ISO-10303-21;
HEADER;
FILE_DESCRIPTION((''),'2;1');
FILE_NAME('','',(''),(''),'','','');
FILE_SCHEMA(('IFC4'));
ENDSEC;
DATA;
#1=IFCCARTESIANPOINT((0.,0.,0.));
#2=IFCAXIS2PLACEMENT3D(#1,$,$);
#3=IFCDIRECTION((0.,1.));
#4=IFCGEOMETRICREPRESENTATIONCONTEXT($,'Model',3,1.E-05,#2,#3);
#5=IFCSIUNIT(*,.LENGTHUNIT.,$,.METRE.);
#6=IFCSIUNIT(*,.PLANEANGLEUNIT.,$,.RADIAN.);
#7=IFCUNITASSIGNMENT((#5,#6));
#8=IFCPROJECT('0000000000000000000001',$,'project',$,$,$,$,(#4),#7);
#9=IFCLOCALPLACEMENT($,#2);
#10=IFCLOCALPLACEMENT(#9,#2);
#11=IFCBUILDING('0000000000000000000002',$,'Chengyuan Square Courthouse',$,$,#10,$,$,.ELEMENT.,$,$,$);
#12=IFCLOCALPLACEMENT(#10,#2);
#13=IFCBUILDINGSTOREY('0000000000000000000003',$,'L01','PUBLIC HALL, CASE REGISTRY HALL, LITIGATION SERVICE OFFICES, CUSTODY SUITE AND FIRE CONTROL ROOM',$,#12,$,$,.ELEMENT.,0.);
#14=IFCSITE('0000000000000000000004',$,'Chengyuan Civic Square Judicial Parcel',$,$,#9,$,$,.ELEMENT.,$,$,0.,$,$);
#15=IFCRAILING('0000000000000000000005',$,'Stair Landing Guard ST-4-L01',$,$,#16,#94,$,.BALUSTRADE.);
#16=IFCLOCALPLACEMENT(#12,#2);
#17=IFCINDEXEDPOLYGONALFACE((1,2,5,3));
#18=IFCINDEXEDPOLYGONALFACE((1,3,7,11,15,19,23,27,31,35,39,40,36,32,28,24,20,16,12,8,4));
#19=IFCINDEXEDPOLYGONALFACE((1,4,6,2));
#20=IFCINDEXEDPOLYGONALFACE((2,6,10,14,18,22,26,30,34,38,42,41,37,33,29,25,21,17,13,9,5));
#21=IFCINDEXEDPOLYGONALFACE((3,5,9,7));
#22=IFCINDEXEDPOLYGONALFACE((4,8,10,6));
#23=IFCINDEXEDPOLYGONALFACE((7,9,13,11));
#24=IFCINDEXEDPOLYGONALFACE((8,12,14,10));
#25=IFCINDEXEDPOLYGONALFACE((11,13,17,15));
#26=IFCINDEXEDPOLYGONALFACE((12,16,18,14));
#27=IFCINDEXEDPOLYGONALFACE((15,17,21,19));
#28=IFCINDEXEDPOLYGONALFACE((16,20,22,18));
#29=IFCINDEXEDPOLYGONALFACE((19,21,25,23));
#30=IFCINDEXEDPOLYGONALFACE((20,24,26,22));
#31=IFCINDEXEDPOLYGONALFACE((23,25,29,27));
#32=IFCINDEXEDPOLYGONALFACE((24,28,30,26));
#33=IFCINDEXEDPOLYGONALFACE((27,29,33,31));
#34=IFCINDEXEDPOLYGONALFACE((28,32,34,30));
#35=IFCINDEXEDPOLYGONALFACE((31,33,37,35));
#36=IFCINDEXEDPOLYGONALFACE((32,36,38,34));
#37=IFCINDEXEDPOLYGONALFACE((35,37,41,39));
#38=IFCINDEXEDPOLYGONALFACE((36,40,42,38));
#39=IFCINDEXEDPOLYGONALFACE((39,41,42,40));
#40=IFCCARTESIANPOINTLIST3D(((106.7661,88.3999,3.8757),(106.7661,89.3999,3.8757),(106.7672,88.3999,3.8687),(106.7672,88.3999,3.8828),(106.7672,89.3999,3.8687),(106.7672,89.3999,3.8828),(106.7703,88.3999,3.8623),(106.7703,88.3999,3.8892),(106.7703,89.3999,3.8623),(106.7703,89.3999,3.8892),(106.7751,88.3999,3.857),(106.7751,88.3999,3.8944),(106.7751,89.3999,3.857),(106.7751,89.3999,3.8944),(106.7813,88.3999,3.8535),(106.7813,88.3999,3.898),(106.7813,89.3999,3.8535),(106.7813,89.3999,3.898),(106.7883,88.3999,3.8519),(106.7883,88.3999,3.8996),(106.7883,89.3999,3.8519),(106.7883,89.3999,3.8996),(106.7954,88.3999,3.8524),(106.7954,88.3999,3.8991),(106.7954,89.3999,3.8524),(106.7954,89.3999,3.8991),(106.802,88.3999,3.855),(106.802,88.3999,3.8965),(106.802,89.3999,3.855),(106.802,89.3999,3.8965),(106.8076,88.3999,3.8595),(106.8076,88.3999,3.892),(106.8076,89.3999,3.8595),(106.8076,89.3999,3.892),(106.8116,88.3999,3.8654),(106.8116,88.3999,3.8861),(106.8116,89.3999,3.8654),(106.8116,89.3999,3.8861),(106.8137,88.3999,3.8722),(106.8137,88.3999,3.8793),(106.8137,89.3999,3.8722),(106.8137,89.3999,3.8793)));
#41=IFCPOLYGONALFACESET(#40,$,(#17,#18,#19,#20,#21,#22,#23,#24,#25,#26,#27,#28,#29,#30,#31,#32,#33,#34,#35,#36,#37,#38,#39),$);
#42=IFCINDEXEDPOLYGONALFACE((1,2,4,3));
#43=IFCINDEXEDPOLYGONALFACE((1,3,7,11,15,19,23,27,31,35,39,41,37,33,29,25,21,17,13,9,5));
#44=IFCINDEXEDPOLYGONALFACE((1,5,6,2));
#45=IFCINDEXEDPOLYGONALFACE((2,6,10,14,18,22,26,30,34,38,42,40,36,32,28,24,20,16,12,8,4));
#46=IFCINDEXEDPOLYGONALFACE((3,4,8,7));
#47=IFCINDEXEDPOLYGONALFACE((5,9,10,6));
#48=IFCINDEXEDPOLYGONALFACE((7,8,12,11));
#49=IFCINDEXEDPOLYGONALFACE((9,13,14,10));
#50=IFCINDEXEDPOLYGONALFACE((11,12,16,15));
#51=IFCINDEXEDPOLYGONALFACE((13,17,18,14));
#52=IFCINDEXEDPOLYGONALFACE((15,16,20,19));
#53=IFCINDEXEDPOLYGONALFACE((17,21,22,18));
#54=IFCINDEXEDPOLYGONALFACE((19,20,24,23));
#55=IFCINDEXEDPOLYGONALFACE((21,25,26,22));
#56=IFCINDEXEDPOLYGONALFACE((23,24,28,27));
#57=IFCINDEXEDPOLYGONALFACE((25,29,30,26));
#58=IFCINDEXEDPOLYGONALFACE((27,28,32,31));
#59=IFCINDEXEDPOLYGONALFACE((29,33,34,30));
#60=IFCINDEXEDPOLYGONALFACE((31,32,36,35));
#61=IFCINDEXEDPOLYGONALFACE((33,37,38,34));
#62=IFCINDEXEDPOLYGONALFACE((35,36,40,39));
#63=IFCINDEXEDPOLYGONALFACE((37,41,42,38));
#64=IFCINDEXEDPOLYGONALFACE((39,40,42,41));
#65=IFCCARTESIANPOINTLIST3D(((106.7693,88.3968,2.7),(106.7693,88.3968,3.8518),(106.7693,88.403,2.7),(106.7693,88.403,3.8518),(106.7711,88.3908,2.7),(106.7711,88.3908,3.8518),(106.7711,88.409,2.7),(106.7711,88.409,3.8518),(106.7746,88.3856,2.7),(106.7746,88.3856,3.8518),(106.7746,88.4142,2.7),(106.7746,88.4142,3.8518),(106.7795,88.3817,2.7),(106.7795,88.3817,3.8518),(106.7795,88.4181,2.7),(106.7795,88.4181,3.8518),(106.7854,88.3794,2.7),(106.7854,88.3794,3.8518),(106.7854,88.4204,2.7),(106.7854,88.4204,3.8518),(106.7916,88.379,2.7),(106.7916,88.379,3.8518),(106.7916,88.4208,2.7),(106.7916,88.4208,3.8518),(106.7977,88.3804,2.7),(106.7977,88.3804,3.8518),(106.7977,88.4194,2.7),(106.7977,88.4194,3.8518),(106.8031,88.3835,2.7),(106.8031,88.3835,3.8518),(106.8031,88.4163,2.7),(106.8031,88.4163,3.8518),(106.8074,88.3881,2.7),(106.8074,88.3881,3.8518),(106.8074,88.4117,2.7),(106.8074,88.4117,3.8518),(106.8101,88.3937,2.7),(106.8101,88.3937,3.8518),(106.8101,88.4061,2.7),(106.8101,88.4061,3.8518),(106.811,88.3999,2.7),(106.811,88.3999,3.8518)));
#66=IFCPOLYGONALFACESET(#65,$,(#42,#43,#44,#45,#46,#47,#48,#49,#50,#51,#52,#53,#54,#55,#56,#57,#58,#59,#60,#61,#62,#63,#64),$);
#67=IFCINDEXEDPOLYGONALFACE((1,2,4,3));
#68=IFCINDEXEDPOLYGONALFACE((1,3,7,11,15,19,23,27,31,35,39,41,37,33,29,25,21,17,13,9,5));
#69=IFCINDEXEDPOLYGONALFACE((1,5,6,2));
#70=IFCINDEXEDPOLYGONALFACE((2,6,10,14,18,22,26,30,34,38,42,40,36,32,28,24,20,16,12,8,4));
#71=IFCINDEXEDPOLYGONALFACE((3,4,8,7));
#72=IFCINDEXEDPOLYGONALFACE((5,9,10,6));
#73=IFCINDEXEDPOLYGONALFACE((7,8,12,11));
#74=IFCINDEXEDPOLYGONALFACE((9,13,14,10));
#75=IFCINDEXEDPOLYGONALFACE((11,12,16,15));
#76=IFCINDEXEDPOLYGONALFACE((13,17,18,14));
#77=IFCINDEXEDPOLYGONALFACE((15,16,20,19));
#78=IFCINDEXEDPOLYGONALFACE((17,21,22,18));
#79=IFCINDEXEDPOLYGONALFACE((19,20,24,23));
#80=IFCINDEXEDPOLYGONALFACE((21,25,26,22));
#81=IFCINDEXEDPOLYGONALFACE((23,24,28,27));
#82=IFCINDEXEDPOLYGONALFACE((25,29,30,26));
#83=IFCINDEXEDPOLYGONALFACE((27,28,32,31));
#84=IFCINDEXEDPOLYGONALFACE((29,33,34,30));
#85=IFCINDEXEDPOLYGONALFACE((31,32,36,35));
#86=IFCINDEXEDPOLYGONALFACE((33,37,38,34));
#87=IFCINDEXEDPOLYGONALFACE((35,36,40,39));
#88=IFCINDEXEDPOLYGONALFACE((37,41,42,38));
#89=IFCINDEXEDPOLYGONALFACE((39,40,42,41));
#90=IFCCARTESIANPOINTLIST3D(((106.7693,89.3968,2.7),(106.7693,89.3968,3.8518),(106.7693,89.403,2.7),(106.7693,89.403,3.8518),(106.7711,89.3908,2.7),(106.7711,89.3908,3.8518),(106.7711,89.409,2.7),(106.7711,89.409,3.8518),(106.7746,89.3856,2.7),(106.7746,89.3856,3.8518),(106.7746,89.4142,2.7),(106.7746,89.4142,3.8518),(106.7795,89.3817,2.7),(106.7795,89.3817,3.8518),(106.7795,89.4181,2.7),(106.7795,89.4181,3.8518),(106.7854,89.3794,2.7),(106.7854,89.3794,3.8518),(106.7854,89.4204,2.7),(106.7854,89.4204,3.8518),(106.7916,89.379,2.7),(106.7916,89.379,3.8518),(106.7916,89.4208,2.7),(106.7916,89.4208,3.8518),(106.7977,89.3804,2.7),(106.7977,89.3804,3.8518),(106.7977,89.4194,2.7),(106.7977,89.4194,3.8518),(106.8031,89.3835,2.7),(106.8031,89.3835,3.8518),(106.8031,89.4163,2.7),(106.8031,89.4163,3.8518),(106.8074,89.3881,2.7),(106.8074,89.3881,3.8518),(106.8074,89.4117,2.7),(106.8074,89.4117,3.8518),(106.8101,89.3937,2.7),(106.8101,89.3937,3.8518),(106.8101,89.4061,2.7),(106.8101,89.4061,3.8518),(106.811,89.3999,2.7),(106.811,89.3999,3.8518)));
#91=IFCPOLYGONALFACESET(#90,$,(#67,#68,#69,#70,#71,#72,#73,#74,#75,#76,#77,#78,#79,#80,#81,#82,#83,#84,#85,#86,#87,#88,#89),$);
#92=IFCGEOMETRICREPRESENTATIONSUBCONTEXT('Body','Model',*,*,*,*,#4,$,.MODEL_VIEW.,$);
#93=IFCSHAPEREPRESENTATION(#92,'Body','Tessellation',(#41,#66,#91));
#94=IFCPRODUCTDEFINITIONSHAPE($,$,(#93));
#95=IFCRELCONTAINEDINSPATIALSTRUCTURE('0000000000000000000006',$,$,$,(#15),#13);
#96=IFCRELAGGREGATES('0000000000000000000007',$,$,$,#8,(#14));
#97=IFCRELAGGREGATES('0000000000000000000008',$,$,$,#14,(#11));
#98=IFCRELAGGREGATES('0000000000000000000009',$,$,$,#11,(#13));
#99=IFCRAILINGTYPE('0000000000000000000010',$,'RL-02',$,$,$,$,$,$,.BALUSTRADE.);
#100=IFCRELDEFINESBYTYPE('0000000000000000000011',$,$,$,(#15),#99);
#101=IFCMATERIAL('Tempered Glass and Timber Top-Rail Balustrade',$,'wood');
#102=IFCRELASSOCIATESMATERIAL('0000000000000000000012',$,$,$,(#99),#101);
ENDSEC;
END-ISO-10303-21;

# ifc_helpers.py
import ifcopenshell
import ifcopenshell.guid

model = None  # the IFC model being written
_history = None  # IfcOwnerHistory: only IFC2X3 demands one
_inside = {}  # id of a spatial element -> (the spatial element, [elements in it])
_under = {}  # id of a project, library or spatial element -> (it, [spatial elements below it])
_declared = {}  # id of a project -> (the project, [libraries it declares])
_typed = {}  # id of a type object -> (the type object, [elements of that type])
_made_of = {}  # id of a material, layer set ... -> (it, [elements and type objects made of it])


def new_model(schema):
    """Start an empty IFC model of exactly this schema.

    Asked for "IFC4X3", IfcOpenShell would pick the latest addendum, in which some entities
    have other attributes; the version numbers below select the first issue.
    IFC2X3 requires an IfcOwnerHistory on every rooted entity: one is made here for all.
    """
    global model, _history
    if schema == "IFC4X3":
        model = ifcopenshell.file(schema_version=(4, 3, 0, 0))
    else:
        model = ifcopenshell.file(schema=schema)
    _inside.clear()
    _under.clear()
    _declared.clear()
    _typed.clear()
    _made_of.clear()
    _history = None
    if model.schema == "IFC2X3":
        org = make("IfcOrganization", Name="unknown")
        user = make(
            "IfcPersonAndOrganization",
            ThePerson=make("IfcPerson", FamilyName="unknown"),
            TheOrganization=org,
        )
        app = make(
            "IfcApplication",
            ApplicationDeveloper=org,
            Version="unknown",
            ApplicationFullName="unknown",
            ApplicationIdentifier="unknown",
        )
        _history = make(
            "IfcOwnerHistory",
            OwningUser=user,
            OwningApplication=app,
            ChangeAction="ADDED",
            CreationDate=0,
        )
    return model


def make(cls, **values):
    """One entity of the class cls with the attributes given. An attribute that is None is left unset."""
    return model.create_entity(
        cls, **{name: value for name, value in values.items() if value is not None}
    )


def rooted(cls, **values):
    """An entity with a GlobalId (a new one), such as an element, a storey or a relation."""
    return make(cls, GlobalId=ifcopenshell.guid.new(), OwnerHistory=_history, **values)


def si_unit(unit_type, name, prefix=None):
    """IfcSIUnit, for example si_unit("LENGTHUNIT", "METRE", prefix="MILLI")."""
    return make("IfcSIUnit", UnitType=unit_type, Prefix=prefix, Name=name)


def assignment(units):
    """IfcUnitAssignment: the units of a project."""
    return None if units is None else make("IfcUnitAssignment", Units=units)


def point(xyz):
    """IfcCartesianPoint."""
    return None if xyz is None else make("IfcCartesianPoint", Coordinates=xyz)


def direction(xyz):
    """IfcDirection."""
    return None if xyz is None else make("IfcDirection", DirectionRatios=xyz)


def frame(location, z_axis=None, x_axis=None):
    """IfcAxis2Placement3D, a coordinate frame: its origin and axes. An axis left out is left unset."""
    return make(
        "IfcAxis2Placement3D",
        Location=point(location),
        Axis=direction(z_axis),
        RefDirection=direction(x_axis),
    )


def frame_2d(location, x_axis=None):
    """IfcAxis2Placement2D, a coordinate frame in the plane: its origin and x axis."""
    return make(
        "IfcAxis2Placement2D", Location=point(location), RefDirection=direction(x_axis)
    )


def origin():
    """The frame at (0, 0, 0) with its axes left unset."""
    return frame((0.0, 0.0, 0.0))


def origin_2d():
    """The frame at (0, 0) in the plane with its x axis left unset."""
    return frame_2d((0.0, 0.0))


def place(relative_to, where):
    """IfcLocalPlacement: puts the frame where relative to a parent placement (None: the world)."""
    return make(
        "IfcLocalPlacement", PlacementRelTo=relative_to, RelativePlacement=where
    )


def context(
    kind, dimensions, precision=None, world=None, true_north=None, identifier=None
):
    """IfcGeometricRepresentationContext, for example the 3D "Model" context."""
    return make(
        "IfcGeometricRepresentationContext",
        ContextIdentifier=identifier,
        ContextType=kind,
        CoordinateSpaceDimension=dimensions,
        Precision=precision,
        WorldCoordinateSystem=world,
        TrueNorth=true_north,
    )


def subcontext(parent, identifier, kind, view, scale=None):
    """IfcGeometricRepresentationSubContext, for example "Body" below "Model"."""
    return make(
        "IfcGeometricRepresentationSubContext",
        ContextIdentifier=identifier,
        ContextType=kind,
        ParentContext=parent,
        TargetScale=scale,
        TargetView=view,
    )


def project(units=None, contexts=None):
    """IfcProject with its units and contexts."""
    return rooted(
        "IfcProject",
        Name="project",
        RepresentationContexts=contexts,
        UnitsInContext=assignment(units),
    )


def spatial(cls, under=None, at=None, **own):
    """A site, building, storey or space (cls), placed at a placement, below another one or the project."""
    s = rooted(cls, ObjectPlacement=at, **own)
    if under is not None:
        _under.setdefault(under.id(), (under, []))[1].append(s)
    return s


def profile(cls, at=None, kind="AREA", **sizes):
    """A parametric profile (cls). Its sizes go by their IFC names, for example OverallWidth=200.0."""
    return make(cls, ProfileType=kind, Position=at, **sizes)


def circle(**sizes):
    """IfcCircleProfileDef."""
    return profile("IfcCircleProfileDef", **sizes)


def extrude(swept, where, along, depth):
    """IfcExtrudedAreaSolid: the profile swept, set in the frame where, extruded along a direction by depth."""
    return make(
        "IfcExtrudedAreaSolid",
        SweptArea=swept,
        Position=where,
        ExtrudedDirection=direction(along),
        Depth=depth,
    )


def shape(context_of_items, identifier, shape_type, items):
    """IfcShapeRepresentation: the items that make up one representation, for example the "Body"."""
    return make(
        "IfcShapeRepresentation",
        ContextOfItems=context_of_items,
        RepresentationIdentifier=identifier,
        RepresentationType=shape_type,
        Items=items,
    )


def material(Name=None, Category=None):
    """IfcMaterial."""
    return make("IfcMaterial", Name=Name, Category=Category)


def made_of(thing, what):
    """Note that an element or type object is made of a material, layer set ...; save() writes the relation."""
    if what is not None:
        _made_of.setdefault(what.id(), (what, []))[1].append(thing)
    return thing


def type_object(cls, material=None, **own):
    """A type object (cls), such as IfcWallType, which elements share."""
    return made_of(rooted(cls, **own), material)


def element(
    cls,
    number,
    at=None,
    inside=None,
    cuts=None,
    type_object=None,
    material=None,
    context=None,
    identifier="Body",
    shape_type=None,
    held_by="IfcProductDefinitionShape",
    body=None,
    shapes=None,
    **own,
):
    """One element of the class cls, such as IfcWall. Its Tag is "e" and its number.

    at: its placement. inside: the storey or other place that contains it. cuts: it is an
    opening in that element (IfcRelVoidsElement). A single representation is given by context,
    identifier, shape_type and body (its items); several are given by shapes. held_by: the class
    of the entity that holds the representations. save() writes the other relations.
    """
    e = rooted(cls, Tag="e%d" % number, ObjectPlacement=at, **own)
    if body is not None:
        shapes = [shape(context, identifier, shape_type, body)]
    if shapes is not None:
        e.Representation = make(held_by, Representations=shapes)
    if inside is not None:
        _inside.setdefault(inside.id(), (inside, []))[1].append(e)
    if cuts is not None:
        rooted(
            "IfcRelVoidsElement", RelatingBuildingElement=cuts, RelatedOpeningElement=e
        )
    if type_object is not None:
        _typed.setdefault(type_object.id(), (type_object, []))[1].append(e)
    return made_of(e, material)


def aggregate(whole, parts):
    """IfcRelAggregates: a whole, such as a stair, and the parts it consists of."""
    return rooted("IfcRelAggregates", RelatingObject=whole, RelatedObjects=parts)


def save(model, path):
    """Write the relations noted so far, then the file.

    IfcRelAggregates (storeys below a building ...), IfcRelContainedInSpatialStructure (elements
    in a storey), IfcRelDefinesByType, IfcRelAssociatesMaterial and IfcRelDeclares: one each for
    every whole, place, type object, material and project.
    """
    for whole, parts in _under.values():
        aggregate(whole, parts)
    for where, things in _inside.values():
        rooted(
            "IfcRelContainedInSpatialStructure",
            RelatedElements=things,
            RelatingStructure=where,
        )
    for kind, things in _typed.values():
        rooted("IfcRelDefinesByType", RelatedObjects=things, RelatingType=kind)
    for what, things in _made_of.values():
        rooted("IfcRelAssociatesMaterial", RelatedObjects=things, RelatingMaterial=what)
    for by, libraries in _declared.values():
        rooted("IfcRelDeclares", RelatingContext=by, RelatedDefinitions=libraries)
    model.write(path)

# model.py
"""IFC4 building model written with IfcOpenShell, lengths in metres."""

from ifc_helpers import new_model, si_unit, direction, frame, origin, origin_2d, place, context, subcontext, project, spatial, circle, extrude, material, type_object, element, save


model = new_model("IFC4")

# Units and contexts
model_context = context("Model", 3, precision=1e-05, world=origin(), true_north=direction((0.0, 1.0)))
body_context = subcontext(model_context, "Body", "Model", "MODEL_VIEW")
ifc_project = project(units=[si_unit("LENGTHUNIT", "METRE"), si_unit("PLANEANGLEUNIT", "RADIAN")], contexts=[model_context])

# Site, building, storey
site_placement = place(None, origin())
site = spatial("IfcSite", under=ifc_project, at=site_placement, Name="Chengyuan Civic Square Judicial Parcel", CompositionType="ELEMENT", RefElevation=0.0)
building_placement = place(site_placement, origin())
building = spatial("IfcBuilding", under=site, at=building_placement, Name="Chengyuan Square Courthouse", CompositionType="ELEMENT")
storey_placement = place(building_placement, origin())
storey = spatial("IfcBuildingStorey", under=building, at=storey_placement, Name="L01", Description="PUBLIC HALL, CASE REGISTRY HALL, LITIGATION SERVICE OFFICES, CUSTODY SUITE AND FIRE CONTROL ROOM", CompositionType="ELEMENT", Elevation=0.0)

# Railing
ifc_material_1 = material(Name="Tempered Glass and Timber Top-Rail Balustrade", Category="wood")
railing_type_1 = type_object("IfcRailingType", Name="RL-02", PredefinedType="BALUSTRADE", material=ifc_material_1)
for number, where, name in (
    (1, (106.79, 88.3999, 2.7), "Stair Landing Guard ST-4-L01"),
):
    element("IfcRailing", number, at=place(storey_placement, frame(where)), inside=storey, type_object=railing_type_1, Name=name, PredefinedType="BALUSTRADE", context=body_context, shape_type="SweptSolid", body=[
        extrude(circle(Radius=0.0239, at=origin_2d()), frame((0.0, 0.0, 1.1758), z_axis=(0.0, 1.0, 0.0), x_axis=(-1.0, 0.0, 0.0)), (0.0, 0.0, 1.0), 1.0),
        extrude(circle(Radius=0.021, at=origin_2d()), origin(), (0.0, 0.0, 1.0), 1.1519),
        extrude(circle(Radius=0.021, at=origin_2d()), frame((0.0, 1.0, 0.0)), (0.0, 0.0, 1.0), 1.1519),
    ])

save(model, "model.ifc")
